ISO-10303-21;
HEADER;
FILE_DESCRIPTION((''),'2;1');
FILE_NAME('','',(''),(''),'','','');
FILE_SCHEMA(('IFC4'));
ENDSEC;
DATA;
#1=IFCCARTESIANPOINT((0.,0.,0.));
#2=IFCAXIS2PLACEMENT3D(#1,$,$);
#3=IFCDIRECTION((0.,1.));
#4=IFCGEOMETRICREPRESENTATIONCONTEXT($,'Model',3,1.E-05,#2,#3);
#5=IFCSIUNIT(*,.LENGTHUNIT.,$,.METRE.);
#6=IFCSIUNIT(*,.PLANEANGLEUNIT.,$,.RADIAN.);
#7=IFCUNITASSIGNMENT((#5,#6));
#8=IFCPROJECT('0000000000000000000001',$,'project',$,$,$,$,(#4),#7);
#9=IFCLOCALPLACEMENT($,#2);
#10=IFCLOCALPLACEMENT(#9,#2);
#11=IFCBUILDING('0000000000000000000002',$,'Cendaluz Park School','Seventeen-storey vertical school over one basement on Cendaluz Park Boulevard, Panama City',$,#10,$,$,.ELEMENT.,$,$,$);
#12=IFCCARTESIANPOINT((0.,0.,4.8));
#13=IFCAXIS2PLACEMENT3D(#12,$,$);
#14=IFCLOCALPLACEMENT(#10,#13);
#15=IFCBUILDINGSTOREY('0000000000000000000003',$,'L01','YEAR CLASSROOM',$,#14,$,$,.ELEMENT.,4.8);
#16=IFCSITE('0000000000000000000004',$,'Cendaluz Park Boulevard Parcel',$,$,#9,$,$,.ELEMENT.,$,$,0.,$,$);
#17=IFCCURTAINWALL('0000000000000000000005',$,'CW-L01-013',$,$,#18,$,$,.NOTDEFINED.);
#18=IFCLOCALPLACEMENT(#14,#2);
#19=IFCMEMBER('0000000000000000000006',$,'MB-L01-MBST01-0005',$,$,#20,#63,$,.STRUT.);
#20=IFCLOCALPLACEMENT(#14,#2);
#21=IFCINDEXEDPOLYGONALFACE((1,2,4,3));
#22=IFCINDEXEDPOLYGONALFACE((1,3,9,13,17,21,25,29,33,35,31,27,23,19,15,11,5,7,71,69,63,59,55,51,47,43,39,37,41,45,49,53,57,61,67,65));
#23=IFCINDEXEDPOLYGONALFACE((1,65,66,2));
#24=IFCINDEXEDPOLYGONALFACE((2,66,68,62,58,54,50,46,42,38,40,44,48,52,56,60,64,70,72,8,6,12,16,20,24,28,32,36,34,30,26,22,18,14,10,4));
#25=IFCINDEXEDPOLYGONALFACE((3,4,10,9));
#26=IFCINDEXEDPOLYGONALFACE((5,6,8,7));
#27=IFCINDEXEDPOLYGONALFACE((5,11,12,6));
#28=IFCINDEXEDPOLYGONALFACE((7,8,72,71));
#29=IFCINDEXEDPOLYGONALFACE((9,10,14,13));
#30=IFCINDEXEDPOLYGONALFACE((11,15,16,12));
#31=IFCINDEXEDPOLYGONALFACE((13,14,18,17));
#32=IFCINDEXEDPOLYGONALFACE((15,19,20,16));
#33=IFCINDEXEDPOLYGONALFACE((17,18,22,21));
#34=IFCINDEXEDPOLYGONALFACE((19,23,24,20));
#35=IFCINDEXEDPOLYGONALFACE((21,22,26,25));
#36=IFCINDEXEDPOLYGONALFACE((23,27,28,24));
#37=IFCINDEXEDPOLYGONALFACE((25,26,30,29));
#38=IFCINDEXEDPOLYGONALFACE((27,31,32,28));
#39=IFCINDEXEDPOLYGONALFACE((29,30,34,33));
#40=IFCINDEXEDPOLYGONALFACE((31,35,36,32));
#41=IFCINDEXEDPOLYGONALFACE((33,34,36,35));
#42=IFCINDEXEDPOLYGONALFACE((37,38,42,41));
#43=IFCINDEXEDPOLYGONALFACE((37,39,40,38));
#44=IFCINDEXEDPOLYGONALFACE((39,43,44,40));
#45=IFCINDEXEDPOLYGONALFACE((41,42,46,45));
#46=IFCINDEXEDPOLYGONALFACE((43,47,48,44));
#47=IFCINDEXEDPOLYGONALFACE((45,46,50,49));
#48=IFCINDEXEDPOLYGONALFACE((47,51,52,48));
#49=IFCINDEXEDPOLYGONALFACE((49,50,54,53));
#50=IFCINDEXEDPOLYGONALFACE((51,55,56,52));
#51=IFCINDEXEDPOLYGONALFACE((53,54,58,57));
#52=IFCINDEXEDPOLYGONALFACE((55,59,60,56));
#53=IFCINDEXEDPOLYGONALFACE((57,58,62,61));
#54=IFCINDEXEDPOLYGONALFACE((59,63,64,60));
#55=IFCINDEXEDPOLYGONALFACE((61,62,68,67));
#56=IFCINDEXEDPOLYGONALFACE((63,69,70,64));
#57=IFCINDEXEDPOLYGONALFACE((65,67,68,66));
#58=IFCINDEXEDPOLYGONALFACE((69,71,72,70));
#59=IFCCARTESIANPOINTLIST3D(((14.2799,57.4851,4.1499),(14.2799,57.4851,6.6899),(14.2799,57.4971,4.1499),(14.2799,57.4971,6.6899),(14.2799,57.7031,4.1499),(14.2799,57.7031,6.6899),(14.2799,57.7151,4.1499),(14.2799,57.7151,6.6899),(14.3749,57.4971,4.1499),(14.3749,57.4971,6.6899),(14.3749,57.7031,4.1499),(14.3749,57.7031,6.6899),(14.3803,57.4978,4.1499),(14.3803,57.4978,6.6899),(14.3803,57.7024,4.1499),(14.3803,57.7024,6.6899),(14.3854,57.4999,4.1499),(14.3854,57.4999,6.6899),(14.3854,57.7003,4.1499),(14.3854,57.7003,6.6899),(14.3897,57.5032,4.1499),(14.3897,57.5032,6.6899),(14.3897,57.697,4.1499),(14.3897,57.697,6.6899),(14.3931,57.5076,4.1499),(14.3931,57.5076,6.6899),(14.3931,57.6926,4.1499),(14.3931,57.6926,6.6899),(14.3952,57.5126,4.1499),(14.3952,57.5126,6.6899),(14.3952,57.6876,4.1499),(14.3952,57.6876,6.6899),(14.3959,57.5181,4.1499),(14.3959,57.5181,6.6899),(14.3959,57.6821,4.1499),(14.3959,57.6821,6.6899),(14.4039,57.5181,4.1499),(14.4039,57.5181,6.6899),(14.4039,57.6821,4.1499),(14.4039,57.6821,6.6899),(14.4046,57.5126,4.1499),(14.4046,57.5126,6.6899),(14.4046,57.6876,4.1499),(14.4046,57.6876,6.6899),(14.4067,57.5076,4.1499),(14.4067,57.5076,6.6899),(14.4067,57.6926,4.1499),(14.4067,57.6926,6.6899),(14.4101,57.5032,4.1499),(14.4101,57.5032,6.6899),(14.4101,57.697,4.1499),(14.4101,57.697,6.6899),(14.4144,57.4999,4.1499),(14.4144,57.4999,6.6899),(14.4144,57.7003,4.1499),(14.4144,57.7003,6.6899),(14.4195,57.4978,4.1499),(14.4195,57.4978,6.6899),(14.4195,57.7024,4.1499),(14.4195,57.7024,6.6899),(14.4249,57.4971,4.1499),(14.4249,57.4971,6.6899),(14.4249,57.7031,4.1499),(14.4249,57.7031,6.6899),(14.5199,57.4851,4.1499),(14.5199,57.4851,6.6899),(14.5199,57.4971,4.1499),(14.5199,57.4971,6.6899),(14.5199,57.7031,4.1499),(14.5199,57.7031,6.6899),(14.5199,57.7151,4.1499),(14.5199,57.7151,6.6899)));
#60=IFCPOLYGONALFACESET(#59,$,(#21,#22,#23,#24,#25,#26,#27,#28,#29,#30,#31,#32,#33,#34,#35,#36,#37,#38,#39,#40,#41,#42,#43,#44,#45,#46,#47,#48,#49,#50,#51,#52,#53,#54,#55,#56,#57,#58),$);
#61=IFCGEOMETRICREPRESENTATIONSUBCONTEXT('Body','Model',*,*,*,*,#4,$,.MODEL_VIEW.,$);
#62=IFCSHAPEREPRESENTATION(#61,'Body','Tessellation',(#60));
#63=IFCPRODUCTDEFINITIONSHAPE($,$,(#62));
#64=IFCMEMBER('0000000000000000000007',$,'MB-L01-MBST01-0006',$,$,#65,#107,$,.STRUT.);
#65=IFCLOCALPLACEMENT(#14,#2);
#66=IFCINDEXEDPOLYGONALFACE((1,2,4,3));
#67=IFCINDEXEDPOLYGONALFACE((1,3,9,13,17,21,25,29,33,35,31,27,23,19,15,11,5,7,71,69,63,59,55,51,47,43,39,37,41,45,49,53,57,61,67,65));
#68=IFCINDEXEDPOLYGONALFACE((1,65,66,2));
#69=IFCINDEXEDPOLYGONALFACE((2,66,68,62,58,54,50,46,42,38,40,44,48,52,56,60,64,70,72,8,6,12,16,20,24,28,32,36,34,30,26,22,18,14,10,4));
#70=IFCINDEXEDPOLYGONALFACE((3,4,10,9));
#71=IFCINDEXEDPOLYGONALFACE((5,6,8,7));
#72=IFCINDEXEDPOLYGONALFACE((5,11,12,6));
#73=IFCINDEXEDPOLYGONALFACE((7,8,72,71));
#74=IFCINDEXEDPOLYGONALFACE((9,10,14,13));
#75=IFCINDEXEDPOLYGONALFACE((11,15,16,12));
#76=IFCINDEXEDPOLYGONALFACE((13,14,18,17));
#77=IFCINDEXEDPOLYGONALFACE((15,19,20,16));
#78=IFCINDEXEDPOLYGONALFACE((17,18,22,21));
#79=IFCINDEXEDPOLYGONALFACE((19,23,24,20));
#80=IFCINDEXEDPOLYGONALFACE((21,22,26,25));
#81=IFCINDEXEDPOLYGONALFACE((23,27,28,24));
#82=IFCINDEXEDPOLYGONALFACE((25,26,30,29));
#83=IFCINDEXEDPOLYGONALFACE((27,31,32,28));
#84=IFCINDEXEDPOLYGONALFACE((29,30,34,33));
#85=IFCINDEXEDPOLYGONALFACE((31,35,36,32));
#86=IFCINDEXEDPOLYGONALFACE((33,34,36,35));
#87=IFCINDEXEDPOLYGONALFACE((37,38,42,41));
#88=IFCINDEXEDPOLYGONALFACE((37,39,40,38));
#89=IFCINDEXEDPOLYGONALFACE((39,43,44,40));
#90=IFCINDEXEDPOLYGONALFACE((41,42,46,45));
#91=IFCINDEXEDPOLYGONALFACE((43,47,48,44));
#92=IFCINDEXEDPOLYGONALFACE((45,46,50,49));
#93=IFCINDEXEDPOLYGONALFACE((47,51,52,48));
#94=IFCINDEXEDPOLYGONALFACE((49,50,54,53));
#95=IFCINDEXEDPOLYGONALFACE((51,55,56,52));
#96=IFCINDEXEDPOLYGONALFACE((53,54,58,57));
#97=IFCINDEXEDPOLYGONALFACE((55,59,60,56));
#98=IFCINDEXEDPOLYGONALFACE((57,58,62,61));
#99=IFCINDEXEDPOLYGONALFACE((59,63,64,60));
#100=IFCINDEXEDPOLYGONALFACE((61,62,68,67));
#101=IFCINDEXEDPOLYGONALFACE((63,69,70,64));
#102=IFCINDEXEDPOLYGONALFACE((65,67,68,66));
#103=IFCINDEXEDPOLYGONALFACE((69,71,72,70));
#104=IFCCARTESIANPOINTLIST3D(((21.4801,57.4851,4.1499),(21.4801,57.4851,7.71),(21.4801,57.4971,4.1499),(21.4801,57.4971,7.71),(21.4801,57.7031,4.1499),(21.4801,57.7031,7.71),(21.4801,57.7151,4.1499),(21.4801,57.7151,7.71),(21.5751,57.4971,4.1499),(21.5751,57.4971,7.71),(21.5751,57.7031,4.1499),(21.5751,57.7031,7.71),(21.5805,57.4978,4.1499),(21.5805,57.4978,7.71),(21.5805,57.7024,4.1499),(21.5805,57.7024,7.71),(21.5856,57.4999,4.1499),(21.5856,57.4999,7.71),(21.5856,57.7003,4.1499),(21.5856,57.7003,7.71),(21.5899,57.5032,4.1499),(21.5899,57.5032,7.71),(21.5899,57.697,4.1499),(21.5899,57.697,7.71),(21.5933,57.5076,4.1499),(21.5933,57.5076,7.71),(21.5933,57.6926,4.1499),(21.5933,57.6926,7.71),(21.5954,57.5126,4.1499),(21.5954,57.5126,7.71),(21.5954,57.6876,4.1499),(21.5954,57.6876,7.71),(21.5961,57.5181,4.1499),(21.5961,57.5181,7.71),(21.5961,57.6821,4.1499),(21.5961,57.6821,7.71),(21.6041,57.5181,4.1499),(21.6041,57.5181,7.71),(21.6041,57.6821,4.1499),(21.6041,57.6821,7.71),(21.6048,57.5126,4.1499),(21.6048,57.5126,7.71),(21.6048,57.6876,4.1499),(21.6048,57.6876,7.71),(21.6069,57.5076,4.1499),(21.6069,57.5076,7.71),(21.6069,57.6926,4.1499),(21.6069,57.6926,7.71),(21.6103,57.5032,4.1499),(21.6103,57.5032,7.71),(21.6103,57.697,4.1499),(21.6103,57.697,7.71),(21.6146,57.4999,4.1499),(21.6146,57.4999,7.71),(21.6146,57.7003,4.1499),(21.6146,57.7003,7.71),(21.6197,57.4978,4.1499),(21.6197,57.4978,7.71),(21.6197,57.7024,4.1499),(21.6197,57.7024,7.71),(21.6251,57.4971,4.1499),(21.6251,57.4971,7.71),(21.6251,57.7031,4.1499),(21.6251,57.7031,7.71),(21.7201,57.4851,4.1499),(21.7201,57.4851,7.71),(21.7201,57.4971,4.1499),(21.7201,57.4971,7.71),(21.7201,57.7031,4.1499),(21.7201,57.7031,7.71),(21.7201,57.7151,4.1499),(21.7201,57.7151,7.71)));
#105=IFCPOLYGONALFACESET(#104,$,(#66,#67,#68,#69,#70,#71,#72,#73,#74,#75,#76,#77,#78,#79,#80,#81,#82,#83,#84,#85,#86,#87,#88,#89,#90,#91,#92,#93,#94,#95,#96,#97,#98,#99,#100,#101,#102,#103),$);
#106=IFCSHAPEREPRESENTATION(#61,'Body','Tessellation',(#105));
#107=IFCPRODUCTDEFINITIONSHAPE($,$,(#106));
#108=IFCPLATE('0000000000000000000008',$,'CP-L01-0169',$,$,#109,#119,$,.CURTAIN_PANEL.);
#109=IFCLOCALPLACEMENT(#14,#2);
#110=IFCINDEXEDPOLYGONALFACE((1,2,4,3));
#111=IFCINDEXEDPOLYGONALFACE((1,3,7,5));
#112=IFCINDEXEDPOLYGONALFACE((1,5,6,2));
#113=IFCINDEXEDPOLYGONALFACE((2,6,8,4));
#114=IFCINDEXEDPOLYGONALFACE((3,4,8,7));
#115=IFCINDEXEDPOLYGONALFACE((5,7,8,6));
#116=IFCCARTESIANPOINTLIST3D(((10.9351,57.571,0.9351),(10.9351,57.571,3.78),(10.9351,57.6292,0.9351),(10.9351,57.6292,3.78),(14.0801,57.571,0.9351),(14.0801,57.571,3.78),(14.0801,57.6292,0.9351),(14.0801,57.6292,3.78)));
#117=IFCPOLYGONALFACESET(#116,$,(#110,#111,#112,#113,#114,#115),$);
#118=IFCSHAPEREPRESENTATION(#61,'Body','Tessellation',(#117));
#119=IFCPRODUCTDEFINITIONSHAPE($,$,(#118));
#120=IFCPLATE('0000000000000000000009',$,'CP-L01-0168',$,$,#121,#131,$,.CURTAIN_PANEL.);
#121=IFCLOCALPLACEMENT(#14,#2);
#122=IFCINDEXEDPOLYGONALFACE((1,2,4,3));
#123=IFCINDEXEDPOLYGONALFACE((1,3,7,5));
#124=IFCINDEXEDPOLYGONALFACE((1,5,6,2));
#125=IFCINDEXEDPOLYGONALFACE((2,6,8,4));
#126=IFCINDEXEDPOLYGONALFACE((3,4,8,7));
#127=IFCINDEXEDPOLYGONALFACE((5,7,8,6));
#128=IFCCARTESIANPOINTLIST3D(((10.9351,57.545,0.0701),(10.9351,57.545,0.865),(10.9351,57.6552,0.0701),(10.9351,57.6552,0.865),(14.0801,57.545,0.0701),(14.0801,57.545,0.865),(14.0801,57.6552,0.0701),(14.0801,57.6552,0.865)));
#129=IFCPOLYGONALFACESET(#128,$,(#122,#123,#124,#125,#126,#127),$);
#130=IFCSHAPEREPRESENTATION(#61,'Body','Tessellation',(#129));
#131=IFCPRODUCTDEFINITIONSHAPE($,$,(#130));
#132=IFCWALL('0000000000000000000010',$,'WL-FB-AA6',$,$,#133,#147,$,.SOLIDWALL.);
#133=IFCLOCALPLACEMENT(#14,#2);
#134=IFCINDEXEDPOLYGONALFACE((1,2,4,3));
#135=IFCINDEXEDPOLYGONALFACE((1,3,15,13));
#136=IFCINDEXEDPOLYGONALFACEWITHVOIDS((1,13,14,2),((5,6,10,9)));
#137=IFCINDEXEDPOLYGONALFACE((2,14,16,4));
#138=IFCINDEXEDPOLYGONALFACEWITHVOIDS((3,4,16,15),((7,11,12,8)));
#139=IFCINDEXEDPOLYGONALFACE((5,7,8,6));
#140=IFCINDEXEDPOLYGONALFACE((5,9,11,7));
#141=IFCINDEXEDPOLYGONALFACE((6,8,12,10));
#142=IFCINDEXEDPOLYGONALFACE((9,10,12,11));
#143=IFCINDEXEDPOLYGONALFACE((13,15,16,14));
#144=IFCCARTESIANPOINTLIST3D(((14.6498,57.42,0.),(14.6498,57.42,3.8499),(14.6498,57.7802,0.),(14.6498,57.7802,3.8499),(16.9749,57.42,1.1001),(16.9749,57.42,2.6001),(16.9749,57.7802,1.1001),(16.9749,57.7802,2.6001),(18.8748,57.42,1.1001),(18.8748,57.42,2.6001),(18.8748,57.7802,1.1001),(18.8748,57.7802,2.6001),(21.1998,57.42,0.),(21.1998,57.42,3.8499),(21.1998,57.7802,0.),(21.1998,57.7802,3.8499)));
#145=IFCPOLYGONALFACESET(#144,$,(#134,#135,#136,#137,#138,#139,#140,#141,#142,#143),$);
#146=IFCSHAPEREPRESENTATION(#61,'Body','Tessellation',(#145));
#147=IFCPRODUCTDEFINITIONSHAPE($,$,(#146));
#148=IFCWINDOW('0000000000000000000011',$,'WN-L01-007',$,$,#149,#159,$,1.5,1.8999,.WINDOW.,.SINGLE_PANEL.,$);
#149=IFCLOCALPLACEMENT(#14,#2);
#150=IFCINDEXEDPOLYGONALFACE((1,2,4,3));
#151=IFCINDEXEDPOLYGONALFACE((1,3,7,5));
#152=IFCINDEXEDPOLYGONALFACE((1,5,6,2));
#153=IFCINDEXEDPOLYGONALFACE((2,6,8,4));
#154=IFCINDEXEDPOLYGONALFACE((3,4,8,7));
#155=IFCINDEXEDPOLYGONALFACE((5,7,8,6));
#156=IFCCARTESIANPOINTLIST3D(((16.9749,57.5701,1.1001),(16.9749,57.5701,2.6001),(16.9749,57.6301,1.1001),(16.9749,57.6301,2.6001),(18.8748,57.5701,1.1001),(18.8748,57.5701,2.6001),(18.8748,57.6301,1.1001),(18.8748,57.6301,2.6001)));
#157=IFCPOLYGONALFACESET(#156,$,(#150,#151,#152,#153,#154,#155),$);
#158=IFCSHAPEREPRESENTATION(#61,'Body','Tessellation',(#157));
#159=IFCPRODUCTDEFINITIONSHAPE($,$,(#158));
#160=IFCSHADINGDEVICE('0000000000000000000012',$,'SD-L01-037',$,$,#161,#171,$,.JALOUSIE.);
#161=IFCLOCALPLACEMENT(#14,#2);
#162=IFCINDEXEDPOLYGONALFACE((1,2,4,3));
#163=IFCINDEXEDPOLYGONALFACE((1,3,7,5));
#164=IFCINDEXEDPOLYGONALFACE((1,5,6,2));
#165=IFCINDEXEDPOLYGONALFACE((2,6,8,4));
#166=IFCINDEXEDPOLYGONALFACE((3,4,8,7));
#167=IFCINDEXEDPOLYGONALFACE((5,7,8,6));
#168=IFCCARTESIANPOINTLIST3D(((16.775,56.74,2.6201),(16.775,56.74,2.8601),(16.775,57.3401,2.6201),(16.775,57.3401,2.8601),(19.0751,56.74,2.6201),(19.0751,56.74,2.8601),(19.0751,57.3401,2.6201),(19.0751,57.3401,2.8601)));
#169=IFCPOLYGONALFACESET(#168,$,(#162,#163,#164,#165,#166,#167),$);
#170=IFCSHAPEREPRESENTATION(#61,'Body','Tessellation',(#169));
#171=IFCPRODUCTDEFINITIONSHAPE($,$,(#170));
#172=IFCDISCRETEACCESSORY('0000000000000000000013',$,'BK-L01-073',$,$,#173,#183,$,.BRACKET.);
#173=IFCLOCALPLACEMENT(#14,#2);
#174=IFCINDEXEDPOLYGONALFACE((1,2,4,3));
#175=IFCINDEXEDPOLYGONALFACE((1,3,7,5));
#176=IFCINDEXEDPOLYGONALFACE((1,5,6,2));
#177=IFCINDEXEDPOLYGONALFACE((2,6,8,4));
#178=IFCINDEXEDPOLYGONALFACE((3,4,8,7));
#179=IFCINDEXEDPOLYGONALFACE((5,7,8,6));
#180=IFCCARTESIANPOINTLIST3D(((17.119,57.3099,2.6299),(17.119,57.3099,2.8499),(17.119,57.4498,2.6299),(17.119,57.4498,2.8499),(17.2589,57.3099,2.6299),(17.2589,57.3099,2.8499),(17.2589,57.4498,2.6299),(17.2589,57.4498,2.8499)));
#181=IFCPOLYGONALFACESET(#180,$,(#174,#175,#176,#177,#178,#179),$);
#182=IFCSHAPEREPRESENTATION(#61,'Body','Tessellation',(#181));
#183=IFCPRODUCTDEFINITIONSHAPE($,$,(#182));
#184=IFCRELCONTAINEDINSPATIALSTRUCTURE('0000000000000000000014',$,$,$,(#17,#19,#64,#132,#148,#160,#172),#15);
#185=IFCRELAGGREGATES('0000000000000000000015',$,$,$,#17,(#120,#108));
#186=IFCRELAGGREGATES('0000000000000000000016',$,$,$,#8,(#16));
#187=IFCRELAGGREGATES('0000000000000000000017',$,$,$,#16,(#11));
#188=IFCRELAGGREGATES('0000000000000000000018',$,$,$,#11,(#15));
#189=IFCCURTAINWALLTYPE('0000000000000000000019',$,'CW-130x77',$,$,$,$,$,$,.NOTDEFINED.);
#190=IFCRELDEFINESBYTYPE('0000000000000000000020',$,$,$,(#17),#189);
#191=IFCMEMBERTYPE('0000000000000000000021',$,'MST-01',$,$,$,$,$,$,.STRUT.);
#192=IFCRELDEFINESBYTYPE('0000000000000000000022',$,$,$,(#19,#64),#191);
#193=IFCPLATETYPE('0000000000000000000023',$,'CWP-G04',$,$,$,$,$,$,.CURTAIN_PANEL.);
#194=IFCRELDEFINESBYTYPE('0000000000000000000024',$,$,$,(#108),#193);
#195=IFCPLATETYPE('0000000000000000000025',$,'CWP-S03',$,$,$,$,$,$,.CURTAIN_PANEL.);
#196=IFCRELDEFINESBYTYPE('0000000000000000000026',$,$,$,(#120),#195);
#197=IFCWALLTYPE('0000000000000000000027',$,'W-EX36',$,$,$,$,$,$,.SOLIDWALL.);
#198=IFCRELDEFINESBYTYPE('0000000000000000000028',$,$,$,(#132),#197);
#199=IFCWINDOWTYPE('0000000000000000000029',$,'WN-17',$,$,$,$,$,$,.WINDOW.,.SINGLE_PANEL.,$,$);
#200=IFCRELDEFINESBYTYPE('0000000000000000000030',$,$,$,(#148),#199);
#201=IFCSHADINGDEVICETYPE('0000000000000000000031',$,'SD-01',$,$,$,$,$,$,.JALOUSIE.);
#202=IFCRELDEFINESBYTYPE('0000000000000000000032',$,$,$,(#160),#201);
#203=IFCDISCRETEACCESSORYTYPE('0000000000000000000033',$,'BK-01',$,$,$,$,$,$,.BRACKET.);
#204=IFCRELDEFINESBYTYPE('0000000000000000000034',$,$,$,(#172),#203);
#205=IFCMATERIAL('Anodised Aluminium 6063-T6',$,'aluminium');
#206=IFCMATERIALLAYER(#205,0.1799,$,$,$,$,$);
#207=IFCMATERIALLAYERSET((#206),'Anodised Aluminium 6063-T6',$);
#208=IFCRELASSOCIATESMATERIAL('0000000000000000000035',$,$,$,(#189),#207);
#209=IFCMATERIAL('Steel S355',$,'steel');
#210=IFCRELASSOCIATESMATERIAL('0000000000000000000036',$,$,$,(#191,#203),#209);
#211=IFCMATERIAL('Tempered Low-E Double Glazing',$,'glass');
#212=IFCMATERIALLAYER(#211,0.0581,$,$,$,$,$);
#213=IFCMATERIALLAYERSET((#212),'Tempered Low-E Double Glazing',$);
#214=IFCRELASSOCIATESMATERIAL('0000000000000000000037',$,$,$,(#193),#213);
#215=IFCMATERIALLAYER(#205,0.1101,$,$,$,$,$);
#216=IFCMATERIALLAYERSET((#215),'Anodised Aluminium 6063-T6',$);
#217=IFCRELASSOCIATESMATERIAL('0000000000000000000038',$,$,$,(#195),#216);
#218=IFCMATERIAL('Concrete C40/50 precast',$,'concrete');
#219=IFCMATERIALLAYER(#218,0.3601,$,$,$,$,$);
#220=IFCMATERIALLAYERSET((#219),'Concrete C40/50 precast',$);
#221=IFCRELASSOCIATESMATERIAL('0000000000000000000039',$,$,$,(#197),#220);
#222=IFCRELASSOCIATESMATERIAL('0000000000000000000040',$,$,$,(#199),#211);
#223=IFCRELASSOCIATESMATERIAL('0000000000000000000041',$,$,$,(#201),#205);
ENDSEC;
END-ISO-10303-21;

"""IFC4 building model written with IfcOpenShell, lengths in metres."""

from ifc_helpers import new_model, si_unit, direction, frame, frame_2d, origin, origin_2d, place, context, subcontext, project, spatial, rectangle, i_section, extrude, material, layer, layer_set, material_profile, profile_set, type_object, element, fill, aggregate, save


model = new_model("IFC4")

# Units and contexts
model_context = context("Model", 3, precision=1e-05, world=origin(), true_north=direction((0.0, 1.0)))
body_context = subcontext(model_context, "Body", "Model", "MODEL_VIEW")
ifc_project = project(units=[si_unit("LENGTHUNIT", "METRE"), si_unit("PLANEANGLEUNIT", "RADIAN")], contexts=[model_context])

# Site, building, storey
site_placement = place(None, origin())
site = spatial("IfcSite", under=ifc_project, at=site_placement, Name="Cendaluz Park Boulevard Parcel", CompositionType="ELEMENT", RefElevation=0.0)
building_placement = place(site_placement, origin())
building = spatial("IfcBuilding", under=site, at=building_placement, Name="Cendaluz Park School", Description="Seventeen-storey vertical school over one basement on Cendaluz Park Boulevard, Panama City", CompositionType="ELEMENT")
storey_placement = place(building_placement, frame((0.0, 0.0, 4.8)))
storey = spatial("IfcBuildingStorey", under=building, at=storey_placement, Name="L01", Description="YEAR CLASSROOM", CompositionType="ELEMENT", Elevation=4.8)

# Curtain wall
ifc_material_1 = material(Name="Anodised Aluminium 6063-T6", Category="aluminium")
ifc_layer_1 = layer(ifc_material_1, 0.1799)
ifc_layer_set_1 = layer_set([ifc_layer_1], Name="Anodised Aluminium 6063-T6")
curtain_wall_type = type_object("IfcCurtainWallType", Name="CW-130x77", PredefinedType="NOTDEFINED", material=ifc_layer_set_1)
curtain_wall_placement = place(storey_placement, origin())
curtain_wall = element("IfcCurtainWall", 1, at=curtain_wall_placement, inside=storey, type_object=curtain_wall_type, Name="CW-L01-013", PredefinedType="NOTDEFINED")

# Members
ifc_material_2 = material(Name="Steel S355", Category="steel")
ifc_material_profile_1 = material_profile(ifc_material_2, i_section(OverallWidth=0.24, OverallDepth=0.23, WebThickness=0.0081, FlangeThickness=0.012, FilletRadius=0.021, at=origin_2d()), Name="HEA 240", Category="steel")
ifc_profile_set_1 = profile_set([ifc_material_profile_1], Name="Steel S355")
member_type_1 = type_object("IfcMemberType", Name="MST-01", PredefinedType="STRUT", material=ifc_profile_set_1)
member_1_placement = place(storey_placement, frame((14.3999, 57.6001, 4.1499), z_axis=(0.0, 0.0, 1.0), x_axis=(1.0, 0.0, 0.0)))
element("IfcMember", 2, at=member_1_placement, inside=storey, type_object=member_type_1, Name="MB-L01-MBST01-0005", PredefinedType="STRUT", context=body_context, shape_type="SweptSolid", body=[
    extrude(i_section(OverallWidth=0.24, OverallDepth=0.23, WebThickness=0.0081, FlangeThickness=0.012, FilletRadius=0.021, at=origin_2d()), origin(), (0.0, 0.0, 1.0), 2.54),
])
member_2_placement = place(storey_placement, frame((21.6001, 57.6001, 4.1499), z_axis=(0.0, 0.0, 1.0), x_axis=(1.0, 0.0, 0.0)))
element("IfcMember", 3, at=member_2_placement, inside=storey, type_object=member_type_1, Name="MB-L01-MBST01-0006", PredefinedType="STRUT", context=body_context, shape_type="SweptSolid", body=[
    extrude(i_section(OverallWidth=0.24, OverallDepth=0.23, WebThickness=0.0081, FlangeThickness=0.012, FilletRadius=0.021, at=origin_2d()), origin(), (0.0, 0.0, 1.0), 3.5601),
])

# Plates
ifc_material_3 = material(Name="Tempered Low-E Double Glazing", Category="glass")
ifc_layer_2 = layer(ifc_material_3, 0.0581)
ifc_layer_set_2 = layer_set([ifc_layer_2], Name="Tempered Low-E Double Glazing")
plate_type_1 = type_object("IfcPlateType", Name="CWP-G04", PredefinedType="CURTAIN_PANEL", material=ifc_layer_set_2)
plate_1_placement = place(storey_placement, frame((12.5076, 57.6001, 0.9351), z_axis=(0.0, 0.0, 1.0), x_axis=(1.0, 0.0, 0.0)))
plate_1 = element("IfcPlate", 4, at=plate_1_placement, type_object=plate_type_1, Name="CP-L01-0169", PredefinedType="CURTAIN_PANEL", context=body_context, shape_type="SweptSolid", body=[
    extrude(rectangle(XDim=3.145, YDim=0.0581, at=origin_2d()), origin(), (0.0, 0.0, 1.0), 2.845),
])
ifc_layer_3 = layer(ifc_material_1, 0.1101)
ifc_layer_set_3 = layer_set([ifc_layer_3], Name="Anodised Aluminium 6063-T6")
plate_type_2 = type_object("IfcPlateType", Name="CWP-S03", PredefinedType="CURTAIN_PANEL", material=ifc_layer_set_3)
plate_2_placement = place(storey_placement, frame((12.5076, 57.6001, 0.0701), z_axis=(0.0, 0.0, 1.0), x_axis=(1.0, 0.0, 0.0)))
plate_2 = element("IfcPlate", 5, at=plate_2_placement, type_object=plate_type_2, Name="CP-L01-0168", PredefinedType="CURTAIN_PANEL", context=body_context, shape_type="SweptSolid", body=[
    extrude(rectangle(XDim=3.145, YDim=0.1101, at=origin_2d()), origin(), (0.0, 0.0, 1.0), 0.7949),
])
aggregate(curtain_wall, [plate_2, plate_1])

# Wall, opening, window
ifc_material_4 = material(Name="Concrete C40/50 precast", Category="concrete")
ifc_layer_4 = layer(ifc_material_4, 0.3601)
ifc_layer_set_4 = layer_set([ifc_layer_4], Name="Concrete C40/50 precast")
wall_type = type_object("IfcWallType", Name="W-EX36", PredefinedType="SOLIDWALL", material=ifc_layer_set_4)
wall_placement = place(storey_placement, frame((14.6499, 57.6001, 0.0), z_axis=(0.0, 0.0, 1.0), x_axis=(1.0, 0.0, 0.0)))
wall = element("IfcWall", 6, at=wall_placement, inside=storey, type_object=wall_type, Name="WL-FB-AA6", PredefinedType="SOLIDWALL", context=body_context, shape_type="SweptSolid", body=[
    extrude(rectangle(XDim=6.55, YDim=0.3601, at=frame_2d((3.2749, 0.0))), origin(), (0.0, 0.0, 1.0), 3.8499),
])
opening_placement = place(wall_placement, frame((2.325, 0.0, 1.1001)))
opening = element("IfcOpeningElement", 7, at=opening_placement, cuts=wall, PredefinedType="OPENING", context=body_context, shape_type="SweptSolid", body=[
    extrude(rectangle(XDim=1.8999, YDim=1.5, at=frame_2d((0.95, 0.75))), frame((0.0, 0.1921, 0.0), z_axis=(0.0, -1.0, 0.0), x_axis=(1.0, 0.0, 0.0)), (0.0, 0.0, 1.0), 0.384),
])
window_type = type_object("IfcWindowType", Name="WN-17", PartitioningType="SINGLE_PANEL", PredefinedType="WINDOW", material=ifc_material_3)
window_placement = place(opening_placement, origin())
window = element("IfcWindow", 8, at=window_placement, inside=storey, type_object=window_type, Name="WN-L01-007", OverallHeight=1.5, OverallWidth=1.8999, PartitioningType="SINGLE_PANEL", PredefinedType="WINDOW", context=body_context, shape_type="SweptSolid", body=[
    extrude(rectangle(XDim=1.8999, YDim=1.5, at=frame_2d((0.95, 0.75))), frame((0.0, 0.03, 0.0), z_axis=(0.0, -1.0, 0.0), x_axis=(1.0, 0.0, 0.0)), (0.0, 0.0, 1.0), 0.0601),
])
fill(opening, window)

# Shading device
shading_device_type = type_object("IfcShadingDeviceType", Name="SD-01", PredefinedType="JALOUSIE", material=ifc_material_1)
shading_device_placement = place(storey_placement, frame((17.925, 57.04, 2.6201), z_axis=(0.0, 0.0, 1.0), x_axis=(1.0, 0.0, 0.0)))
element("IfcShadingDevice", 9, at=shading_device_placement, inside=storey, type_object=shading_device_type, Name="SD-L01-037", PredefinedType="JALOUSIE", context=body_context, shape_type="SweptSolid", body=[
    extrude(rectangle(XDim=2.3, YDim=0.6001, at=origin_2d()), origin(), (0.0, 0.0, 1.0), 0.24),
])

# Discrete accessory
discrete_accessory_type = type_object("IfcDiscreteAccessoryType", Name="BK-01", PredefinedType="BRACKET", material=ifc_material_2)
for number, where, z_axis, x_axis, name in (
    (10, (17.189, 57.3799, 2.6299), (0.0, 0.0, 1.0), (1.0, 0.0, 0.0), "BK-L01-073"),
):
    element("IfcDiscreteAccessory", number, at=place(storey_placement, frame(where, z_axis=z_axis, x_axis=x_axis)), inside=storey, type_object=discrete_accessory_type, Name=name, PredefinedType="BRACKET", context=body_context, shape_type="SweptSolid", body=[
        extrude(rectangle(XDim=0.1399, YDim=0.1399, at=origin_2d()), origin(), (0.0, 0.0, 1.0), 0.22),
    ])

save(model, "model.ifc")
